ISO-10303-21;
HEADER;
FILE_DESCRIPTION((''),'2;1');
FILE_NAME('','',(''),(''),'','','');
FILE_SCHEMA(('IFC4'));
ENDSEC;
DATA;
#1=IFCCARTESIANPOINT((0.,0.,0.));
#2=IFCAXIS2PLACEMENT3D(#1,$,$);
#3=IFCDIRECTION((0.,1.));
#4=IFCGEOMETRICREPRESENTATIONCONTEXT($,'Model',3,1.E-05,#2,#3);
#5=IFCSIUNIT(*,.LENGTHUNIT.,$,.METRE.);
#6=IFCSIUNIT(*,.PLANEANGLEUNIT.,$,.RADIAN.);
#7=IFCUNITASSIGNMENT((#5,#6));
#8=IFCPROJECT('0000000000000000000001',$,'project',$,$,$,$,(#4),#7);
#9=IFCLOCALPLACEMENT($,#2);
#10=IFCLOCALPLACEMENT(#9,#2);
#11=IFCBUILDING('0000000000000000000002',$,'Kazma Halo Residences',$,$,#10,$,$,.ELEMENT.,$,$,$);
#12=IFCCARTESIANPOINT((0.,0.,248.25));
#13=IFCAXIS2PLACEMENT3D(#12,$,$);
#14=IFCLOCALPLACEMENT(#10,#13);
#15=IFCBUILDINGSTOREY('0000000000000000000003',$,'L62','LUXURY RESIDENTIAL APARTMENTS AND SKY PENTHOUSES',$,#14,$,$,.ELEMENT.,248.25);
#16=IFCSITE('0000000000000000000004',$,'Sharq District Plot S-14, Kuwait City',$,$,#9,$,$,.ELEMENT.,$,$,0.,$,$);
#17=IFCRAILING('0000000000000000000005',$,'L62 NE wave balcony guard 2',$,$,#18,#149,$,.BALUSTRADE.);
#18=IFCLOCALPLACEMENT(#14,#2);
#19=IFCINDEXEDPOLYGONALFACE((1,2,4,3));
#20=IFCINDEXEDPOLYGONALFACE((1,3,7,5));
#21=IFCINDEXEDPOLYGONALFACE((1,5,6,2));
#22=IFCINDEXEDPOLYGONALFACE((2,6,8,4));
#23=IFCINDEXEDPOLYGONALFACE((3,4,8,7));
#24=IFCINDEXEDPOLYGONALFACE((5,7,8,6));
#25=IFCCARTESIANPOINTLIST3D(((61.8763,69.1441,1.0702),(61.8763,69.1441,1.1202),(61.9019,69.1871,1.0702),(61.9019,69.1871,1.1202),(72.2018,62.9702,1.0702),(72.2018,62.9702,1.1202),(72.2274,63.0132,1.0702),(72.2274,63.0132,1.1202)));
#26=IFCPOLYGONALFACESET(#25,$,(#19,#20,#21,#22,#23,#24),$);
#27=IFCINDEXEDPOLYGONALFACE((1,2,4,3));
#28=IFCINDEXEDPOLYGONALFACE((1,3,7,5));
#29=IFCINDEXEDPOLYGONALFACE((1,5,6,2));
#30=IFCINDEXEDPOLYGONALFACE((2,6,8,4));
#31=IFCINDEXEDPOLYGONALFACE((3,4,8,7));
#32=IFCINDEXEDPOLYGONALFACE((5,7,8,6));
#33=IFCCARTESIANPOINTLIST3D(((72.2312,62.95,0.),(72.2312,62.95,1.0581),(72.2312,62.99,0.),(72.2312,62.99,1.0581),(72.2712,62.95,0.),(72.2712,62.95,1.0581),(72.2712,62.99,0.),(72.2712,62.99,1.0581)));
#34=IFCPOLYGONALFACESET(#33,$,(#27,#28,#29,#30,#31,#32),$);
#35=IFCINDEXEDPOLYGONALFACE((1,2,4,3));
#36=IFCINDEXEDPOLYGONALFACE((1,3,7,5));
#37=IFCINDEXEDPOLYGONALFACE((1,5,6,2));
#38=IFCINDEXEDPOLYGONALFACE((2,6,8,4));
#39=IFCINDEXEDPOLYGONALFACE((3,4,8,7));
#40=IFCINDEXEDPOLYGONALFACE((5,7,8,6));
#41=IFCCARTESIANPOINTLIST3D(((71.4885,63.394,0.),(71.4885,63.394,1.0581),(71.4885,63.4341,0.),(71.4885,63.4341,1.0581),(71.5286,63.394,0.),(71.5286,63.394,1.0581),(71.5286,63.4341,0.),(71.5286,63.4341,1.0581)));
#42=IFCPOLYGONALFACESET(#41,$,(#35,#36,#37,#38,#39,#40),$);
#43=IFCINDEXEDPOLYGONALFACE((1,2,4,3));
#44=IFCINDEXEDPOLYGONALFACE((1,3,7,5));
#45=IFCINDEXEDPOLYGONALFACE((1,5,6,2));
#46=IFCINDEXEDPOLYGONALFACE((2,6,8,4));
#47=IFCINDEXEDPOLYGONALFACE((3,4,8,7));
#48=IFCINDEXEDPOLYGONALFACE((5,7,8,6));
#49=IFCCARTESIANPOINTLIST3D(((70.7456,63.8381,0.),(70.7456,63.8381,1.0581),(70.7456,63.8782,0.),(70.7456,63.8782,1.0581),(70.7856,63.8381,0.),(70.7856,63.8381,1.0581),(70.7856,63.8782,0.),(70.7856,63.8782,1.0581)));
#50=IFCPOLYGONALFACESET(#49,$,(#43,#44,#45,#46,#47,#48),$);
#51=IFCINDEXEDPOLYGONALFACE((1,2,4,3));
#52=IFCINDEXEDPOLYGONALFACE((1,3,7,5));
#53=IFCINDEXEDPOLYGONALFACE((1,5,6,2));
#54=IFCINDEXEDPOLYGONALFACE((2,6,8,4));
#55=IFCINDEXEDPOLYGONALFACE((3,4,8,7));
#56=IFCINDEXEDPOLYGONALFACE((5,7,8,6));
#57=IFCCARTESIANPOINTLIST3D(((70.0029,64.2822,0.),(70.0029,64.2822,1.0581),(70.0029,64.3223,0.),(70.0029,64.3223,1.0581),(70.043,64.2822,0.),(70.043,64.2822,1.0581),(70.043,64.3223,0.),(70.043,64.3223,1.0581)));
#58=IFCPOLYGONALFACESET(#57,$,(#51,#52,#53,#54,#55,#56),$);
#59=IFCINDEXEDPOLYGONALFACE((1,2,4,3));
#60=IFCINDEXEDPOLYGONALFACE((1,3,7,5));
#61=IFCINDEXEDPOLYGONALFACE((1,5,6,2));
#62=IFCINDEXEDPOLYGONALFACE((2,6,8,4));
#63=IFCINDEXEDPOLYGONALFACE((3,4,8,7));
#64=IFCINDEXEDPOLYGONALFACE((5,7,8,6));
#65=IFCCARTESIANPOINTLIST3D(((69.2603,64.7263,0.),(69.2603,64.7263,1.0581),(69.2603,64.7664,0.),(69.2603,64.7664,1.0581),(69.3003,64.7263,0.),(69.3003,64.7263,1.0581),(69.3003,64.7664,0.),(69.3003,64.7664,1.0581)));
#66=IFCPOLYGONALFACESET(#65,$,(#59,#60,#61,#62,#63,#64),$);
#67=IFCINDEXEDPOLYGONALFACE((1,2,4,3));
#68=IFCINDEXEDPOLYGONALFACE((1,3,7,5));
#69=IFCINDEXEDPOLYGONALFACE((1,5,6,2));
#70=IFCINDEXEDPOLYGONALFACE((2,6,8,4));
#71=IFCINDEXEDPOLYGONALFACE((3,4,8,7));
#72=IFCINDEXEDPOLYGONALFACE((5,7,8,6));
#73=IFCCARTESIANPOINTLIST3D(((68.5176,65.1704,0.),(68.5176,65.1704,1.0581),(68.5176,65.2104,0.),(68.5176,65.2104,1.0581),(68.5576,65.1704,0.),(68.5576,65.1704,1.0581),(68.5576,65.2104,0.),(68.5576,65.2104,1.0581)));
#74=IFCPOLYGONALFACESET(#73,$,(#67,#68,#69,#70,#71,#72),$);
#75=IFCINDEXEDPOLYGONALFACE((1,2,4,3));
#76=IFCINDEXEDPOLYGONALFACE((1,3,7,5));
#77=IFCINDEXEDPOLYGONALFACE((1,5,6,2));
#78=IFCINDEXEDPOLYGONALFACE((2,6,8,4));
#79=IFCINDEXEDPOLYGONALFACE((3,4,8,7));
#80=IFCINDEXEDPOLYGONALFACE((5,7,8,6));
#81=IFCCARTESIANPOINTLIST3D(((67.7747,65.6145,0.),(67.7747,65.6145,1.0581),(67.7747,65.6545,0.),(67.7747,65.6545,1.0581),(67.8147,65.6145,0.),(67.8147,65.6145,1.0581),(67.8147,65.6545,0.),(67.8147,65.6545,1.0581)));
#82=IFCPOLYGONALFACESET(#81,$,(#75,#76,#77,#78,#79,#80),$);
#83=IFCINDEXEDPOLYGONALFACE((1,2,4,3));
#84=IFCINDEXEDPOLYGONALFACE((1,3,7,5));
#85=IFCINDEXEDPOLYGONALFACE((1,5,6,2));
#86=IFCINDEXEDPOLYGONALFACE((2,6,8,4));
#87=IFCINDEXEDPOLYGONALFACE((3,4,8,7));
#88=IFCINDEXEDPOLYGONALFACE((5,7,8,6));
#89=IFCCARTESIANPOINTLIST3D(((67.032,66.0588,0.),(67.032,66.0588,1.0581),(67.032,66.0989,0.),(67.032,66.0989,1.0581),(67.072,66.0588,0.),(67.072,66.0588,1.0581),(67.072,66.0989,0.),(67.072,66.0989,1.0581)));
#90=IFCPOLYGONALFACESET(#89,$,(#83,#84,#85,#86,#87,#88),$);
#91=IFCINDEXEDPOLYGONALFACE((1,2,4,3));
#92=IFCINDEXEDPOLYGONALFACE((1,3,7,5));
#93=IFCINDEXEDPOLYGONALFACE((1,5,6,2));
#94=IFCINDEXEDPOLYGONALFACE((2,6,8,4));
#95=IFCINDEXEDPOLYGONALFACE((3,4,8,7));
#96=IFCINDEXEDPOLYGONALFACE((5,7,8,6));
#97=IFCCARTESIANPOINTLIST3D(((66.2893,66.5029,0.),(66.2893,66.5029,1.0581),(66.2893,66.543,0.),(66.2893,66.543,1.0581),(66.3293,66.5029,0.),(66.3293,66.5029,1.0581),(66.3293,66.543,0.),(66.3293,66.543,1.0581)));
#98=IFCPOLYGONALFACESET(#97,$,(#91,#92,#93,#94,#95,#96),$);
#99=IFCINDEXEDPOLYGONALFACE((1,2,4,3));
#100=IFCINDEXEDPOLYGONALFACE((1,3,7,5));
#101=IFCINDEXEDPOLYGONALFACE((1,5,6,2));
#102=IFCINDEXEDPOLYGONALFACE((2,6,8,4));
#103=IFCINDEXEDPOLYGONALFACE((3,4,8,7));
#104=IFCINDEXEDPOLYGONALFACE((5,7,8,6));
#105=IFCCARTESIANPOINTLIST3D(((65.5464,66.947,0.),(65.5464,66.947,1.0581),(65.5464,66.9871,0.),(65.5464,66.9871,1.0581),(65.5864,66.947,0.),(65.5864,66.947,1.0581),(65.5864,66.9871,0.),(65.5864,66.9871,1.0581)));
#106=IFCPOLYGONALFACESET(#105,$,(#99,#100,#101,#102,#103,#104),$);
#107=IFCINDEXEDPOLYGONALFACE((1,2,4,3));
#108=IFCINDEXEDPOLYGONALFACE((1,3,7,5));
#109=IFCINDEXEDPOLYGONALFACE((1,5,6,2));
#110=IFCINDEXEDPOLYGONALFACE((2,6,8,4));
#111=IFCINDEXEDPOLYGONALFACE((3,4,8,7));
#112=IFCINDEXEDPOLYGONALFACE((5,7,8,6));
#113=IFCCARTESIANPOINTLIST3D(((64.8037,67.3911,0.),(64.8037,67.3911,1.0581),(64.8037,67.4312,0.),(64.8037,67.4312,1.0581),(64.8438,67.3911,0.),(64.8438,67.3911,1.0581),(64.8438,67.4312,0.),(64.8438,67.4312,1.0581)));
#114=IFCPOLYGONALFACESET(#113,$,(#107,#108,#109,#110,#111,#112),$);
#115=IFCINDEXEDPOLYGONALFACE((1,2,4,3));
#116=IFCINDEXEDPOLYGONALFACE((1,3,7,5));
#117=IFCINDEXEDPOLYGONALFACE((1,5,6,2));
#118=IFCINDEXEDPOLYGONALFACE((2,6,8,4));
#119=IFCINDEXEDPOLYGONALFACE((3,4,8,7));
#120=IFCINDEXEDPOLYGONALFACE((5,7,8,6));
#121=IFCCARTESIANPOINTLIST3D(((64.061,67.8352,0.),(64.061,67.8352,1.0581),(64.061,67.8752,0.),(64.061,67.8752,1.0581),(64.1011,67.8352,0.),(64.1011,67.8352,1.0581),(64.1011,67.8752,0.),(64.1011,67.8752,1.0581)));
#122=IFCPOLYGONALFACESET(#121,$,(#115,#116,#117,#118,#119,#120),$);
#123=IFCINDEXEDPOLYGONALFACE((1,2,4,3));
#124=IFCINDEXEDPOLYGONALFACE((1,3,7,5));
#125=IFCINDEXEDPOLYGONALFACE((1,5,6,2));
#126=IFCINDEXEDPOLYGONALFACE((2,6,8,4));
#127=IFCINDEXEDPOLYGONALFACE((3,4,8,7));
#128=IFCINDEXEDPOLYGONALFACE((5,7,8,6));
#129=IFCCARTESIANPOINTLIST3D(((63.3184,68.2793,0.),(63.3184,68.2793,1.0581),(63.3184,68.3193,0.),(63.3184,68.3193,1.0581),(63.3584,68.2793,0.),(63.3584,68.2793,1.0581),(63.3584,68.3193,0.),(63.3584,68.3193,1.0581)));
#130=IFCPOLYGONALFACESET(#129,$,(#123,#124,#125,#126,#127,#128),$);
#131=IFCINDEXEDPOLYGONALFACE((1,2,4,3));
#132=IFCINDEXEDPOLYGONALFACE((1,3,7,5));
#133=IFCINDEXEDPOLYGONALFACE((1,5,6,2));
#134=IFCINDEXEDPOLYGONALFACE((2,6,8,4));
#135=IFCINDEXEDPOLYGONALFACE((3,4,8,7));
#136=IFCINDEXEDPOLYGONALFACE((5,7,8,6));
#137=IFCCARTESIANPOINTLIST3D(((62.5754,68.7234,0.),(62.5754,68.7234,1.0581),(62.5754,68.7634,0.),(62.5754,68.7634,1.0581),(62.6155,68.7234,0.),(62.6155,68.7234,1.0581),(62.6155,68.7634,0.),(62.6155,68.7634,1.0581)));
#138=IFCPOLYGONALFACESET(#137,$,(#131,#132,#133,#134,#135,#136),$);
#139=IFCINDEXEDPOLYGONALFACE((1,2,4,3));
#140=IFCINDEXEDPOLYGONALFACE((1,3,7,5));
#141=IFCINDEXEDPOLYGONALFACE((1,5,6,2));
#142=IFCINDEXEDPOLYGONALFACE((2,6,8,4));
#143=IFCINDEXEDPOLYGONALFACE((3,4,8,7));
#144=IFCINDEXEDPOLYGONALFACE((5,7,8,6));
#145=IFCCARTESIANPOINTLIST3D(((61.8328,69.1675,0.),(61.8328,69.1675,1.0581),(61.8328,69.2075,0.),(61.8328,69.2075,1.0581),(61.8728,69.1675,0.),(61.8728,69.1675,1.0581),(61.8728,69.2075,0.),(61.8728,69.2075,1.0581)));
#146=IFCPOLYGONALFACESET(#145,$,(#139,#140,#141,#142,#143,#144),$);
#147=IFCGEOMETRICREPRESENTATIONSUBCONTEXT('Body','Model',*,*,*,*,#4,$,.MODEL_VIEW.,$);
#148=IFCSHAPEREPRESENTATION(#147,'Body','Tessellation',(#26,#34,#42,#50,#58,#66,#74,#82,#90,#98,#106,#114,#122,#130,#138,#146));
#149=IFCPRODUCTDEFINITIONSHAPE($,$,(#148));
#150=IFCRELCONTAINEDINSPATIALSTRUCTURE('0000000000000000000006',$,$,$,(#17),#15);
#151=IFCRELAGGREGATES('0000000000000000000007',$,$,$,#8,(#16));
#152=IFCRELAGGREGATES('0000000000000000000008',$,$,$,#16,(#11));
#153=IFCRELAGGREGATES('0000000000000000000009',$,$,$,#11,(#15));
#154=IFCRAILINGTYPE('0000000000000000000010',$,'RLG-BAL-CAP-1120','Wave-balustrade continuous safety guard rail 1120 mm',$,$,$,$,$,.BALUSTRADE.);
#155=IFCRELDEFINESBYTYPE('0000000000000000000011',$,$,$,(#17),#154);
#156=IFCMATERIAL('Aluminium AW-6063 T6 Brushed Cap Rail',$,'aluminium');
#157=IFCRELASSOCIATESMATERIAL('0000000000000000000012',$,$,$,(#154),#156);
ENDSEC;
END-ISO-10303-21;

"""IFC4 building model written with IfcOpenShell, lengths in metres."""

from ifc_helpers import new_model, si_unit, direction, frame, origin, origin_2d, place, context, subcontext, project, spatial, rectangle, extrude, material, type_object, element, save


model = new_model("IFC4")

# Units and contexts
model_context = context("Model", 3, precision=1e-05, world=origin(), true_north=direction((0.0, 1.0)))
body_context = subcontext(model_context, "Body", "Model", "MODEL_VIEW")
ifc_project = project(units=[si_unit("LENGTHUNIT", "METRE"), si_unit("PLANEANGLEUNIT", "RADIAN")], contexts=[model_context])

# Site, building, storey
site_placement = place(None, origin())
site = spatial("IfcSite", under=ifc_project, at=site_placement, Name="Sharq District Plot S-14, Kuwait City", CompositionType="ELEMENT", RefElevation=0.0)
building_placement = place(site_placement, origin())
building = spatial("IfcBuilding", under=site, at=building_placement, Name="Kazma Halo Residences", CompositionType="ELEMENT")
storey_placement = place(building_placement, frame((0.0, 0.0, 248.25)))
storey = spatial("IfcBuildingStorey", under=building, at=storey_placement, Name="L62", Description="LUXURY RESIDENTIAL APARTMENTS AND SKY PENTHOUSES", CompositionType="ELEMENT", Elevation=248.25)

# Railing
ifc_material_1 = material(Name="Aluminium AW-6063 T6 Brushed Cap Rail", Category="aluminium")
railing_type = type_object("IfcRailingType", Name="RLG-BAL-CAP-1120", Description="Wave-balustrade continuous safety guard rail 1120 mm", PredefinedType="BALUSTRADE", material=ifc_material_1)
railing_1_placement = place(storey_placement, frame((72.2512, 62.97, 0.0)))
element("IfcRailing", 1, at=railing_1_placement, inside=storey, type_object=railing_type, Name="L62 NE wave balcony guard 2", PredefinedType="BALUSTRADE", context=body_context, shape_type="SweptSolid", body=[
    extrude(rectangle(XDim=0.05, YDim=0.05, at=origin_2d()), frame((-0.0366, 0.0217, 1.0952), z_axis=(-0.858276, 0.513188, 0.0), x_axis=(-0.513188, -0.858276, 0.0)), (0.0, 0.0, 1.0), 12.0305),
    extrude(rectangle(XDim=0.04, YDim=0.04, at=origin_2d()), origin(), (0.0, 0.0, 1.0), 1.0581),
    extrude(rectangle(XDim=0.04, YDim=0.04, at=origin_2d()), frame((-0.7427, 0.4441, 0.0)), (0.0, 0.0, 1.0), 1.0581),
    extrude(rectangle(XDim=0.04, YDim=0.04, at=origin_2d()), frame((-1.4856, 0.8882, 0.0)), (0.0, 0.0, 1.0), 1.0581),
    extrude(rectangle(XDim=0.04, YDim=0.04, at=origin_2d()), frame((-2.2283, 1.3323, 0.0)), (0.0, 0.0, 1.0), 1.0581),
    extrude(rectangle(XDim=0.04, YDim=0.04, at=origin_2d()), frame((-2.9709, 1.7764, 0.0)), (0.0, 0.0, 1.0), 1.0581),
    extrude(rectangle(XDim=0.04, YDim=0.04, at=origin_2d()), frame((-3.7136, 2.2205, 0.0)), (0.0, 0.0, 1.0), 1.0581),
    extrude(rectangle(XDim=0.04, YDim=0.04, at=origin_2d()), frame((-4.4565, 2.6646, 0.0)), (0.0, 0.0, 1.0), 1.0581),
    extrude(rectangle(XDim=0.04, YDim=0.04, at=origin_2d()), frame((-5.1992, 3.1089, 0.0)), (0.0, 0.0, 1.0), 1.0581),
    extrude(rectangle(XDim=0.04, YDim=0.04, at=origin_2d()), frame((-5.9419, 3.553, 0.0)), (0.0, 0.0, 1.0), 1.0581),
    extrude(rectangle(XDim=0.04, YDim=0.04, at=origin_2d()), frame((-6.6848, 3.9971, 0.0)), (0.0, 0.0, 1.0), 1.0581),
    extrude(rectangle(XDim=0.04, YDim=0.04, at=origin_2d()), frame((-7.4275, 4.4412, 0.0)), (0.0, 0.0, 1.0), 1.0581),
    extrude(rectangle(XDim=0.04, YDim=0.04, at=origin_2d()), frame((-8.1702, 4.8853, 0.0)), (0.0, 0.0, 1.0), 1.0581),
    extrude(rectangle(XDim=0.04, YDim=0.04, at=origin_2d()), frame((-8.9128, 5.3293, 0.0)), (0.0, 0.0, 1.0), 1.0581),
    extrude(rectangle(XDim=0.04, YDim=0.04, at=origin_2d()), frame((-9.6558, 5.7734, 0.0)), (0.0, 0.0, 1.0), 1.0581),
    extrude(rectangle(XDim=0.04, YDim=0.04, at=origin_2d()), frame((-10.3984, 6.2175, 0.0)), (0.0, 0.0, 1.0), 1.0581),
])

save(model, "model.ifc")
